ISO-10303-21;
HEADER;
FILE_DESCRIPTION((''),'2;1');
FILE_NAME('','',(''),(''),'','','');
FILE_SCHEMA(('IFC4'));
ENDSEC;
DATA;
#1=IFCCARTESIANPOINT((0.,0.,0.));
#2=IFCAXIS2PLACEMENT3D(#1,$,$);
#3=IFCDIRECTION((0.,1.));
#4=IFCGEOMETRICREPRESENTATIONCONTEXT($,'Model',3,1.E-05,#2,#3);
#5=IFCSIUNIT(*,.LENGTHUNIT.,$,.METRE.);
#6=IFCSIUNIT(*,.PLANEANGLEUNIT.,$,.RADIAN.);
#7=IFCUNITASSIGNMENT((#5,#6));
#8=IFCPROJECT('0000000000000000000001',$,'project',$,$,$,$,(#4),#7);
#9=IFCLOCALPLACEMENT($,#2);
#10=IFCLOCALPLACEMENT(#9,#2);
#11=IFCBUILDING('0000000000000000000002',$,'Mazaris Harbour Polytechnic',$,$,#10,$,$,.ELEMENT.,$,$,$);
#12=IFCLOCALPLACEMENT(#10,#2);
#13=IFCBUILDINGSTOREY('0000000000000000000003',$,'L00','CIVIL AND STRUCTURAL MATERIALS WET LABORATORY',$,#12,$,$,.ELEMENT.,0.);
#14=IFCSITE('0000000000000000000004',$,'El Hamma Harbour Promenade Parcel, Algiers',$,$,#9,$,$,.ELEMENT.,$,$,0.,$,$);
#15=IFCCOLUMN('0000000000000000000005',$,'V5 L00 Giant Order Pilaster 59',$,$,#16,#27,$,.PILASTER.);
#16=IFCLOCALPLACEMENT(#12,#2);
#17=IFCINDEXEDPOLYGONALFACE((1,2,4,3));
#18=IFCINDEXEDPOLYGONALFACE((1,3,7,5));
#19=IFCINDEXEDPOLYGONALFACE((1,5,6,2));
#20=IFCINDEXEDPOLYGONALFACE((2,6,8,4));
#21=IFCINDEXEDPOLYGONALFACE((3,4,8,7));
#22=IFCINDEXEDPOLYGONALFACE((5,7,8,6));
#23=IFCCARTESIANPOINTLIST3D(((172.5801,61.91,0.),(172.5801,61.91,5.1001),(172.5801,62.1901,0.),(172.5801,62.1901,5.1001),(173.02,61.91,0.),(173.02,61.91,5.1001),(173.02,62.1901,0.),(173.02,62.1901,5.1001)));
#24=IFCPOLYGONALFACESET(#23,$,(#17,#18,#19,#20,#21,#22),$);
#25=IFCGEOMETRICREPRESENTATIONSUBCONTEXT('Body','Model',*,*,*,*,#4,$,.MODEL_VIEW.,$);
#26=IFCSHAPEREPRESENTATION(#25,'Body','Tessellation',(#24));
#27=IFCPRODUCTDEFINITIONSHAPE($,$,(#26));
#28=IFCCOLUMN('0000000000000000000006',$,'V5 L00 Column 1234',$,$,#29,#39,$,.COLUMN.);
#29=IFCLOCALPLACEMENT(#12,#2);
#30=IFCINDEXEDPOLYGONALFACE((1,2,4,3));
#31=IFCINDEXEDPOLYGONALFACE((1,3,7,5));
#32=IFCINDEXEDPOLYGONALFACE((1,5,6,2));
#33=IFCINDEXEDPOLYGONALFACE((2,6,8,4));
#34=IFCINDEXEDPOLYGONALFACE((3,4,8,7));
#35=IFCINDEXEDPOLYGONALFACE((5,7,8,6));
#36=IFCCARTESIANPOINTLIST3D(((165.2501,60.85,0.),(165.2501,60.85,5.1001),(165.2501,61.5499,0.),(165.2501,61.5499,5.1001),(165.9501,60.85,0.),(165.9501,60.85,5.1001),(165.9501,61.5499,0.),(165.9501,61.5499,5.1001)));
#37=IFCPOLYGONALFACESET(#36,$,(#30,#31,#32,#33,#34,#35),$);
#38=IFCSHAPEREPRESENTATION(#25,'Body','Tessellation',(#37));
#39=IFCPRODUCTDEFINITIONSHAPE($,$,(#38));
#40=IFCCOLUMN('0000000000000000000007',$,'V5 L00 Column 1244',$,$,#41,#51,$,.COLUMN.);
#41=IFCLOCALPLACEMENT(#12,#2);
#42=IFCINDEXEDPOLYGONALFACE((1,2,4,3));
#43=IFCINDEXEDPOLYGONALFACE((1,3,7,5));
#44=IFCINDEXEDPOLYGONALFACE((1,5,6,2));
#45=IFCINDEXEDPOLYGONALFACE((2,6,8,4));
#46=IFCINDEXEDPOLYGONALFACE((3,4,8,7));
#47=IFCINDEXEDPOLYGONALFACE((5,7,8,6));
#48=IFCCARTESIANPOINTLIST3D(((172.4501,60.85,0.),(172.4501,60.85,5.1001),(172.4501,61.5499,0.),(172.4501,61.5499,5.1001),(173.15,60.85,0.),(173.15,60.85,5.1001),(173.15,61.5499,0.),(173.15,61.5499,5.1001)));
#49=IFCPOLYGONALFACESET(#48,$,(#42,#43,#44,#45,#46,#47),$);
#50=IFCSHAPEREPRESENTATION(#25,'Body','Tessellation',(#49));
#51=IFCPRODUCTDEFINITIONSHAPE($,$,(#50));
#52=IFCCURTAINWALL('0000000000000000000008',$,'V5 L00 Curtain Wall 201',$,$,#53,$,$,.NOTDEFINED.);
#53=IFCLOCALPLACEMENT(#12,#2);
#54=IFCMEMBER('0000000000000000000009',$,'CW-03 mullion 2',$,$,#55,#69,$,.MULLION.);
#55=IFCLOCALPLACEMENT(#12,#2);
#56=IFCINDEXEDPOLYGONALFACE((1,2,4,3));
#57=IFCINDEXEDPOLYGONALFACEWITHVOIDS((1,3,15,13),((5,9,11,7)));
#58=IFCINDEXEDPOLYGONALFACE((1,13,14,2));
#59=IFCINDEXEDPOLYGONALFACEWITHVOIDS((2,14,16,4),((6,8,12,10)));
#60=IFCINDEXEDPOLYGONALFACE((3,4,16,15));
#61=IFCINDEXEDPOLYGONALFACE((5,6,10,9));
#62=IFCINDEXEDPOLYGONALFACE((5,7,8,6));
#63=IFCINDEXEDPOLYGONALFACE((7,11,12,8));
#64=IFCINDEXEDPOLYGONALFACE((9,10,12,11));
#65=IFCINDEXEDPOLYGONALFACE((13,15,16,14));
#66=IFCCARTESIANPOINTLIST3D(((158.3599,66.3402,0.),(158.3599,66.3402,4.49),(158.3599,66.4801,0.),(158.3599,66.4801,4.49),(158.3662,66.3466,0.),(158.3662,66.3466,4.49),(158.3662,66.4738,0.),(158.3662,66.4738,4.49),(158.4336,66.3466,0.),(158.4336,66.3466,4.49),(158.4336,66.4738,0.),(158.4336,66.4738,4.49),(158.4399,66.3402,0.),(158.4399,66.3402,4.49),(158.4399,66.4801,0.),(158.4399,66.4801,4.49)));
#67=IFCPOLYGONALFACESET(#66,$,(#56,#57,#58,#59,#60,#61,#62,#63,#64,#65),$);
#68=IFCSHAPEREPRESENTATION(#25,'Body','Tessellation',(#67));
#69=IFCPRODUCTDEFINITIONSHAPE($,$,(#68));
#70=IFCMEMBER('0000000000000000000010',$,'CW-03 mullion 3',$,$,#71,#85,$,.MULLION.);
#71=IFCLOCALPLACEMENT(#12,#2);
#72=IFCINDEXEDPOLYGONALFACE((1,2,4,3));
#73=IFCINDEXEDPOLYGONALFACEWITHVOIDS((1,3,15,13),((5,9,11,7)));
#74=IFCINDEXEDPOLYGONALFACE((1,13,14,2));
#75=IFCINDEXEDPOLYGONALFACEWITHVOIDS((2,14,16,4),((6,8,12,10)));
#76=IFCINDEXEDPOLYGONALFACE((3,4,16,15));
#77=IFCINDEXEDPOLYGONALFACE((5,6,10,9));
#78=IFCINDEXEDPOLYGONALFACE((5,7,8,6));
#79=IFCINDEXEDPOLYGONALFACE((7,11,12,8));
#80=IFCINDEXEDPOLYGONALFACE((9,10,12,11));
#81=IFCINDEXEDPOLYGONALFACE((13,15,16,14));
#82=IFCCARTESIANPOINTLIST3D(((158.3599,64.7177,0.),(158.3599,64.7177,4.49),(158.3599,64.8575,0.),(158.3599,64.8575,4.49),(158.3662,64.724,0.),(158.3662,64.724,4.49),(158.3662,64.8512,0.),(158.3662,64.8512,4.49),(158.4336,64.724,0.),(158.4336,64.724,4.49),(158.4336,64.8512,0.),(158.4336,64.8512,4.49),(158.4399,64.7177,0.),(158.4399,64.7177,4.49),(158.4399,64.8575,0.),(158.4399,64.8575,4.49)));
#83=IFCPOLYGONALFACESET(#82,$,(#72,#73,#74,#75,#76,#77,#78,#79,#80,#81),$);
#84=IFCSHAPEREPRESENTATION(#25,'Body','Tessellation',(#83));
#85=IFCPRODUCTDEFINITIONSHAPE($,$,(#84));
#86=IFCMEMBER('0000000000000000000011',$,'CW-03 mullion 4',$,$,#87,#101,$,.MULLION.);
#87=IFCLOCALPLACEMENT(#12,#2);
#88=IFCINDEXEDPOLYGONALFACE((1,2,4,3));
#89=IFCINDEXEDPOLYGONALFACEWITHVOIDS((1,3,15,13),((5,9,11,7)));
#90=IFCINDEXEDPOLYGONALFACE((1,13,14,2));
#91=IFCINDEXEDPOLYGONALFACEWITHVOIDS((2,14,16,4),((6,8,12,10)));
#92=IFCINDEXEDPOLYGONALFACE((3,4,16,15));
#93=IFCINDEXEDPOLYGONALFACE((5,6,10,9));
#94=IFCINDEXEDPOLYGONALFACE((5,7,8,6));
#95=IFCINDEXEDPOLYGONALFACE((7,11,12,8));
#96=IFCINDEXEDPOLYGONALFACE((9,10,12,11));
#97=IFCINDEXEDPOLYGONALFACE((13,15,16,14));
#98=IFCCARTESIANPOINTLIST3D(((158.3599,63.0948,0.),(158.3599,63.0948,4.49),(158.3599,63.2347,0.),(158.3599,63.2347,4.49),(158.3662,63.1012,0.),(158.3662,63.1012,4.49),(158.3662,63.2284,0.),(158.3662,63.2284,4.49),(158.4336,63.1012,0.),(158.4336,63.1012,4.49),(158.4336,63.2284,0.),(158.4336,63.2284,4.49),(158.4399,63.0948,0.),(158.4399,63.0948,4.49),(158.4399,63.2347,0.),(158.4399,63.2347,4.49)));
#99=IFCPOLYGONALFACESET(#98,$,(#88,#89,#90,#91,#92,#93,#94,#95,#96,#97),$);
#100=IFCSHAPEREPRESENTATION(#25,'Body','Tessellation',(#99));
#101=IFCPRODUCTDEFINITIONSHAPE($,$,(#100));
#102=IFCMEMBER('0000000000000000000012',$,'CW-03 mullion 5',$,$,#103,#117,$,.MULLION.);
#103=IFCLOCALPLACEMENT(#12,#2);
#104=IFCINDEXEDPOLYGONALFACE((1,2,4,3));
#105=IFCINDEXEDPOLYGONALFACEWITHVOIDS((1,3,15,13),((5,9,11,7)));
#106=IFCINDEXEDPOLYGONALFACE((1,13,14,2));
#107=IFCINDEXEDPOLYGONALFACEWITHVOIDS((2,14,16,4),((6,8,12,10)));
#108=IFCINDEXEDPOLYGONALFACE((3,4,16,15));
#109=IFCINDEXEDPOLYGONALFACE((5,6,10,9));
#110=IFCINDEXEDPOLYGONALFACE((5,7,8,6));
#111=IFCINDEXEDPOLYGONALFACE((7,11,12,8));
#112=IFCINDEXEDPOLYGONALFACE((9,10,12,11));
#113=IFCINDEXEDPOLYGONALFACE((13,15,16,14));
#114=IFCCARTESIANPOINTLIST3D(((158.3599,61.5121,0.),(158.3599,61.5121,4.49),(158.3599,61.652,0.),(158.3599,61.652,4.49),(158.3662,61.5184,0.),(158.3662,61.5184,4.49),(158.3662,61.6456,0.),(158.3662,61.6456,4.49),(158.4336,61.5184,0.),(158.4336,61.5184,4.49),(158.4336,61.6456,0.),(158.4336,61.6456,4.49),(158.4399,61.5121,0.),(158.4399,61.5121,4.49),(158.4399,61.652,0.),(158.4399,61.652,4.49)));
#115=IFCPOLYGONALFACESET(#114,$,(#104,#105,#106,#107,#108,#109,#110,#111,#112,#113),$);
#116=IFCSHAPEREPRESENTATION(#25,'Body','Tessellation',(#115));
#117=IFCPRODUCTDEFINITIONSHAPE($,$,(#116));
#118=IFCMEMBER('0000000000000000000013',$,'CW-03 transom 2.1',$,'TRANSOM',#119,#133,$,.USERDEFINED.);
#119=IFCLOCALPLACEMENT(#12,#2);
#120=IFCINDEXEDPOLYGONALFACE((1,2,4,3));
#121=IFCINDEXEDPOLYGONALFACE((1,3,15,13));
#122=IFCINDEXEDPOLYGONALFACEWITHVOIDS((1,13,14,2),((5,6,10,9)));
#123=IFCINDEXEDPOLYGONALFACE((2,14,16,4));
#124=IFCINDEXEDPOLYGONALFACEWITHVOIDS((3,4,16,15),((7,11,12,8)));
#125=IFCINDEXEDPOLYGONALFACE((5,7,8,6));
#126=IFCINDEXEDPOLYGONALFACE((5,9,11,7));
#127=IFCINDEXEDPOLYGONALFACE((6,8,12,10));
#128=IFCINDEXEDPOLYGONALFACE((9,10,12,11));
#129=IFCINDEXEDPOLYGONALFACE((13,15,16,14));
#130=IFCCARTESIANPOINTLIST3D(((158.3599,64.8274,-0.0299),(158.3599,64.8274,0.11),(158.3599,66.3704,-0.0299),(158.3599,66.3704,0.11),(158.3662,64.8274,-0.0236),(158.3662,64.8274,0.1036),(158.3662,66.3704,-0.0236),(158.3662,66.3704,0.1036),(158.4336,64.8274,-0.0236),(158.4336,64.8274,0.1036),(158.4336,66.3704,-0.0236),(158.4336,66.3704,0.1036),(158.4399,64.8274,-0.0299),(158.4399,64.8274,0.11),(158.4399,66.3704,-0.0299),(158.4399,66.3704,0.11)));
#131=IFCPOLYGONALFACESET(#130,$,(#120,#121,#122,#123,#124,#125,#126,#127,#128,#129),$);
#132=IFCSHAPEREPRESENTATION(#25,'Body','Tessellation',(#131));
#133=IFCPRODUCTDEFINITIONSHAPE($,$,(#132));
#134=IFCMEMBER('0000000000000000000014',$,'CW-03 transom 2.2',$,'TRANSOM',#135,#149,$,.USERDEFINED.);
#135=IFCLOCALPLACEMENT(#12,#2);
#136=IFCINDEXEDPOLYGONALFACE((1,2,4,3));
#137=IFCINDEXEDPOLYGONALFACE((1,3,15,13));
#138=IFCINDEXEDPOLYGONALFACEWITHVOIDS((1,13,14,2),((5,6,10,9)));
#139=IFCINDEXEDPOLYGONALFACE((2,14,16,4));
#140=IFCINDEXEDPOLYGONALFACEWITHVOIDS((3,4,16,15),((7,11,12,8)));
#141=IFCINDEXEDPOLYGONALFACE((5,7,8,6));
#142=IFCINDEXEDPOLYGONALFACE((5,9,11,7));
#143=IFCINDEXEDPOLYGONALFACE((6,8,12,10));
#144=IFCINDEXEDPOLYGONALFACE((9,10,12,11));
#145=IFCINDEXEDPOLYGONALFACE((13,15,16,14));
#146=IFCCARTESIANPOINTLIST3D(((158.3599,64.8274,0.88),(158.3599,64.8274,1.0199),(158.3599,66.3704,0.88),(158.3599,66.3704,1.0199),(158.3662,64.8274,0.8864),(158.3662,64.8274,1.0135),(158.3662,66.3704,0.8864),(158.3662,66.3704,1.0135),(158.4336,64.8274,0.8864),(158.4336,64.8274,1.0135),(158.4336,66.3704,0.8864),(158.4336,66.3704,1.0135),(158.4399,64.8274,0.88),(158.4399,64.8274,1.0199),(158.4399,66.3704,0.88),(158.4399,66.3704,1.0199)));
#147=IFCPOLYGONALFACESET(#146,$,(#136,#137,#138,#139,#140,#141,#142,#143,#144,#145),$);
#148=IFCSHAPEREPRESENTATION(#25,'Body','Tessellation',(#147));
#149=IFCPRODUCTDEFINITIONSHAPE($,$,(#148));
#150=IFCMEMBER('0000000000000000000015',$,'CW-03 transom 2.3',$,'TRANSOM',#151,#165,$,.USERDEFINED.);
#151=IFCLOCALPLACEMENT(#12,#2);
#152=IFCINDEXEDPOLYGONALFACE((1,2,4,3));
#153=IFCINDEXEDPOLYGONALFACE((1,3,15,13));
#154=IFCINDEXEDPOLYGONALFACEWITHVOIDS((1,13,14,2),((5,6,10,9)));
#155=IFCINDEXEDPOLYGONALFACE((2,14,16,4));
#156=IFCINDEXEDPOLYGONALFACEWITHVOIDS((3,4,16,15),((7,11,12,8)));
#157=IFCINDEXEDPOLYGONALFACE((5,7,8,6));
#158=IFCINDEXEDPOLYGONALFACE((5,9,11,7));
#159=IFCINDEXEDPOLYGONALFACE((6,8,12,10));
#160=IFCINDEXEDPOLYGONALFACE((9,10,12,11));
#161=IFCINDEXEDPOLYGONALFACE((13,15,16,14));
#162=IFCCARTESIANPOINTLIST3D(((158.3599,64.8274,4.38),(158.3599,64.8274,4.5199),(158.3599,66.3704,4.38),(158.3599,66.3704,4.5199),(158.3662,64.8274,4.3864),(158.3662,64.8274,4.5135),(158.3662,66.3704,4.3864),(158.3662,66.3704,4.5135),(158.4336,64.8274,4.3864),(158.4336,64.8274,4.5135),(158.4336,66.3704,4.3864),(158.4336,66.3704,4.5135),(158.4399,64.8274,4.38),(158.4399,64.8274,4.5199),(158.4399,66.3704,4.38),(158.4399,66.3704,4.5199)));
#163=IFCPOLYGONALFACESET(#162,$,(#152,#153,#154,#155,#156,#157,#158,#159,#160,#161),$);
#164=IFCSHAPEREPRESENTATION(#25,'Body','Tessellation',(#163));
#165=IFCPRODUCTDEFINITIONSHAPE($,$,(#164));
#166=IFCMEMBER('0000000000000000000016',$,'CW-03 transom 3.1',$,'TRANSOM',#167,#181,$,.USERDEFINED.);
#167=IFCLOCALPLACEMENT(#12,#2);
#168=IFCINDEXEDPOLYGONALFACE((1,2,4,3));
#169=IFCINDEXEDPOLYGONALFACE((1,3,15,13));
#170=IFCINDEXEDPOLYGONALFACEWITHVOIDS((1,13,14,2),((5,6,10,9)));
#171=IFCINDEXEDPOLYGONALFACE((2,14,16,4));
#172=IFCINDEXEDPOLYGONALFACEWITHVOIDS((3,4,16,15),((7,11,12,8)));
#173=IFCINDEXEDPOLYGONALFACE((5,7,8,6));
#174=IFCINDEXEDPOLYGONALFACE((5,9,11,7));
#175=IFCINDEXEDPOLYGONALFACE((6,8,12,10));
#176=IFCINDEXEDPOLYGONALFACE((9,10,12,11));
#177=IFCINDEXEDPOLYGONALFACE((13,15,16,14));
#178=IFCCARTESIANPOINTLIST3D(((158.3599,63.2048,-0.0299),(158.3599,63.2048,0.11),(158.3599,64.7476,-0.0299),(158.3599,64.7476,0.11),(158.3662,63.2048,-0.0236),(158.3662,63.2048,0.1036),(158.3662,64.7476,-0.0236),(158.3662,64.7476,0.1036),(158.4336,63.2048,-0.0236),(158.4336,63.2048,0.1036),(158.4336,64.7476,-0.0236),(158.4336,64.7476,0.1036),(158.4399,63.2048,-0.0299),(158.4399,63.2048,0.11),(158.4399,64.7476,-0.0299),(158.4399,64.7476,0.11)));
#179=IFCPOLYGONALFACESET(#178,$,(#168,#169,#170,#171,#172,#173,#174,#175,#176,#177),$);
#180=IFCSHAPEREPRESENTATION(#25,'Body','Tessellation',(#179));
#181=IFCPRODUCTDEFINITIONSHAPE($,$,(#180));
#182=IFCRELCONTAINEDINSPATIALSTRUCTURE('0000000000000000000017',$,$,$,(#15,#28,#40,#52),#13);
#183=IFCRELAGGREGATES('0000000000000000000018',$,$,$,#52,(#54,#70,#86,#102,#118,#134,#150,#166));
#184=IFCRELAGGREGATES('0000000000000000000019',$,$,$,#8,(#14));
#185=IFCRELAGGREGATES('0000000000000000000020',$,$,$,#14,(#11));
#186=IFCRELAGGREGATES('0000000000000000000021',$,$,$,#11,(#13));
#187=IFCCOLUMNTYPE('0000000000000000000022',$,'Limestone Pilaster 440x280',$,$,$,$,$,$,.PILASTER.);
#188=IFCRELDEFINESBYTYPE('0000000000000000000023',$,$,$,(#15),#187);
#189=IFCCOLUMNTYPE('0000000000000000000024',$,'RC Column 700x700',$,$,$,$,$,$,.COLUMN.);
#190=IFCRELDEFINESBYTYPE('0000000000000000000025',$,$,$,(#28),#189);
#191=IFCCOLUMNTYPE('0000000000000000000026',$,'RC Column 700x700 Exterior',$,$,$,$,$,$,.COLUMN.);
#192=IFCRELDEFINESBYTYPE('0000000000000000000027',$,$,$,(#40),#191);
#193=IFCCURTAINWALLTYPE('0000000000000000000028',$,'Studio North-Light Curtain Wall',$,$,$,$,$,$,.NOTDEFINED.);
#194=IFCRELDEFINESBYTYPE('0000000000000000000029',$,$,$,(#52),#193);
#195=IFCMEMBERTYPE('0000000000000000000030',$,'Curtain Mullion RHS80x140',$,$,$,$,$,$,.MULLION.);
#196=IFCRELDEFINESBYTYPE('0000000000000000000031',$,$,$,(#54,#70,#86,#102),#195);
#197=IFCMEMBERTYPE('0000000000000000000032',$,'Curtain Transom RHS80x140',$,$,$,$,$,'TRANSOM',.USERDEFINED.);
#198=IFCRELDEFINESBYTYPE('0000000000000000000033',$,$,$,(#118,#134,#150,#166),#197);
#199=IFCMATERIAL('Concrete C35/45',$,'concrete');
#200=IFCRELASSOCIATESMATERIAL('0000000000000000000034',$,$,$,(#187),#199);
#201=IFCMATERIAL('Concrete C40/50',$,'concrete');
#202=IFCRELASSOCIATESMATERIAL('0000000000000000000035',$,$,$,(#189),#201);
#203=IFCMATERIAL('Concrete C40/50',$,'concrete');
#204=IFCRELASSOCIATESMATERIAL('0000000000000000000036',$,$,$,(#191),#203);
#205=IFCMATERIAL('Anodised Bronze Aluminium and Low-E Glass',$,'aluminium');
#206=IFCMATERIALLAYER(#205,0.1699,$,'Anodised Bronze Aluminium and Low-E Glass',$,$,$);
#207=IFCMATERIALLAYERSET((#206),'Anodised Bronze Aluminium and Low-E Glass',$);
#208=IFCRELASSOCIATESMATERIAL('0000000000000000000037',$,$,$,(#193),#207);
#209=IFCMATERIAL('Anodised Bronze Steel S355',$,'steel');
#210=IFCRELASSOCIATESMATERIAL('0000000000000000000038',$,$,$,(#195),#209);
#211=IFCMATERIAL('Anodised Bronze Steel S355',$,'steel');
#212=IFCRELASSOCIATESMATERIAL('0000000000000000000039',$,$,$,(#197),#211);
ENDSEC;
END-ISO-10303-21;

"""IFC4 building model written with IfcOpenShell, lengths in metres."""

from ifc_helpers import new_model, si_unit, direction, frame, origin, origin_2d, place, context, subcontext, project, spatial, rectangle, hollow_rectangle, extrude, material, layer, layer_set, material_profile, profile_set, type_object, element, aggregate, save


model = new_model("IFC4")

# Units and contexts
model_context = context("Model", 3, precision=1e-05, world=origin(), true_north=direction((0.0, 1.0)))
body_context = subcontext(model_context, "Body", "Model", "MODEL_VIEW")
ifc_project = project(units=[si_unit("LENGTHUNIT", "METRE"), si_unit("PLANEANGLEUNIT", "RADIAN")], contexts=[model_context])

# Site, building, storey
site_placement = place(None, origin())
site = spatial("IfcSite", under=ifc_project, at=site_placement, Name="El Hamma Harbour Promenade Parcel, Algiers", CompositionType="ELEMENT", RefElevation=0.0)
building_placement = place(site_placement, origin())
building = spatial("IfcBuilding", under=site, at=building_placement, Name="Mazaris Harbour Polytechnic", CompositionType="ELEMENT")
storey_placement = place(building_placement, origin())
storey = spatial("IfcBuildingStorey", under=building, at=storey_placement, Name="L00", Description="CIVIL AND STRUCTURAL MATERIALS WET LABORATORY", CompositionType="ELEMENT", Elevation=0.0)

# Columns
ifc_material_1 = material(Name="Concrete C35/45", Category="concrete")
ifc_material_profile_1 = material_profile(ifc_material_1, rectangle(XDim=0.4399, YDim=0.28, at=origin_2d()), Name="RECT440x280")
ifc_profile_set_1 = profile_set([ifc_material_profile_1], Name="Concrete C35/45")
column_type_1 = type_object("IfcColumnType", Name="Limestone Pilaster 440x280", PredefinedType="PILASTER", material=ifc_profile_set_1)
column_1_placement = place(storey_placement, frame((172.8, 62.05, 0.0), z_axis=(0.0, 0.0, 1.0), x_axis=(1.0, 0.0, 0.0)))
element("IfcColumn", 1, at=column_1_placement, inside=storey, type_object=column_type_1, Name="V5 L00 Giant Order Pilaster 59", PredefinedType="PILASTER", context=body_context, shape_type="SweptSolid", body=[
    extrude(rectangle(XDim=0.4399, YDim=0.28, at=origin_2d()), origin(), (0.0, 0.0, 1.0), 5.1001),
])
ifc_material_2 = material(Name="Concrete C40/50", Category="concrete")
ifc_material_profile_2 = material_profile(ifc_material_2, rectangle(XDim=0.7, YDim=0.7, at=origin_2d()), Name="RECT700x700")
ifc_profile_set_2 = profile_set([ifc_material_profile_2], Name="Concrete C40/50")
column_type_2 = type_object("IfcColumnType", Name="RC Column 700x700", PredefinedType="COLUMN", material=ifc_profile_set_2)
column_2_placement = place(storey_placement, frame((165.6001, 61.2, 0.0), z_axis=(0.0, 0.0, 1.0), x_axis=(1.0, 0.0, 0.0)))
element("IfcColumn", 2, at=column_2_placement, inside=storey, type_object=column_type_2, Name="V5 L00 Column 1234", PredefinedType="COLUMN", context=body_context, shape_type="SweptSolid", body=[
    extrude(rectangle(XDim=0.7, YDim=0.7, at=origin_2d()), origin(), (0.0, 0.0, 1.0), 5.1001),
])
ifc_material_3 = material(Name="Concrete C40/50", Category="concrete")
ifc_material_profile_3 = material_profile(ifc_material_3, rectangle(XDim=0.7, YDim=0.7, at=origin_2d()), Name="RECT700x700")
ifc_profile_set_3 = profile_set([ifc_material_profile_3], Name="Concrete C40/50")
column_type_3 = type_object("IfcColumnType", Name="RC Column 700x700 Exterior", PredefinedType="COLUMN", material=ifc_profile_set_3)
column_3_placement = place(storey_placement, frame((172.8, 61.2, 0.0), z_axis=(0.0, 0.0, 1.0), x_axis=(1.0, 0.0, 0.0)))
element("IfcColumn", 3, at=column_3_placement, inside=storey, type_object=column_type_3, Name="V5 L00 Column 1244", PredefinedType="COLUMN", context=body_context, shape_type="SweptSolid", body=[
    extrude(rectangle(XDim=0.7, YDim=0.7, at=origin_2d()), origin(), (0.0, 0.0, 1.0), 5.1001),
])

# Curtain wall, members
ifc_material_4 = material(Name="Anodised Bronze Aluminium and Low-E Glass", Category="aluminium")
ifc_layer_1 = layer(ifc_material_4, 0.1699, Name="Anodised Bronze Aluminium and Low-E Glass")
ifc_layer_set_1 = layer_set([ifc_layer_1], Name="Anodised Bronze Aluminium and Low-E Glass")
curtain_wall_type = type_object("IfcCurtainWallType", Name="Studio North-Light Curtain Wall", PredefinedType="NOTDEFINED", material=ifc_layer_set_1)
curtain_wall_placement = place(storey_placement, origin())
curtain_wall = element("IfcCurtainWall", 4, at=curtain_wall_placement, inside=storey, type_object=curtain_wall_type, Name="V5 L00 Curtain Wall 201", PredefinedType="NOTDEFINED")
ifc_material_5 = material(Name="Anodised Bronze Steel S355", Category="steel")
ifc_material_profile_4 = material_profile(ifc_material_5, hollow_rectangle(XDim=0.0801, YDim=0.1399, WallThickness=0.0063, at=origin_2d()), Name="RHS 80x140x6.3")
ifc_profile_set_4 = profile_set([ifc_material_profile_4], Name="Anodised Bronze Steel S355")
member_type_1 = type_object("IfcMemberType", Name="Curtain Mullion RHS80x140", PredefinedType="MULLION", material=ifc_profile_set_4)
member_1_placement = place(storey_placement, frame((158.3999, 66.4102, 0.0), z_axis=(0.0, 0.0, 1.0), x_axis=(1.0, 0.0, 0.0)))
member_1 = element("IfcMember", 5, at=member_1_placement, type_object=member_type_1, Name="CW-03 mullion 2", PredefinedType="MULLION", context=body_context, shape_type="SweptSolid", body=[
    extrude(hollow_rectangle(XDim=0.0801, YDim=0.1399, WallThickness=0.0063, at=origin_2d()), origin(), (0.0, 0.0, 1.0), 4.49),
])
member_2_placement = place(storey_placement, frame((158.3999, 64.7876, 0.0), z_axis=(0.0, 0.0, 1.0), x_axis=(1.0, 0.0, 0.0)))
member_2 = element("IfcMember", 6, at=member_2_placement, type_object=member_type_1, Name="CW-03 mullion 3", PredefinedType="MULLION", context=body_context, shape_type="SweptSolid", body=[
    extrude(hollow_rectangle(XDim=0.0801, YDim=0.1399, WallThickness=0.0063, at=origin_2d()), origin(), (0.0, 0.0, 1.0), 4.49),
])
member_3_placement = place(storey_placement, frame((158.3999, 63.1648, 0.0), z_axis=(0.0, 0.0, 1.0), x_axis=(1.0, 0.0, 0.0)))
member_3 = element("IfcMember", 7, at=member_3_placement, type_object=member_type_1, Name="CW-03 mullion 4", PredefinedType="MULLION", context=body_context, shape_type="SweptSolid", body=[
    extrude(hollow_rectangle(XDim=0.0801, YDim=0.1399, WallThickness=0.0063, at=origin_2d()), origin(), (0.0, 0.0, 1.0), 4.49),
])
member_4_placement = place(storey_placement, frame((158.3999, 61.582, 0.0), z_axis=(0.0, 0.0, 1.0), x_axis=(1.0, 0.0, 0.0)))
member_4 = element("IfcMember", 8, at=member_4_placement, type_object=member_type_1, Name="CW-03 mullion 5", PredefinedType="MULLION", context=body_context, shape_type="SweptSolid", body=[
    extrude(hollow_rectangle(XDim=0.0801, YDim=0.1399, WallThickness=0.0063, at=origin_2d()), origin(), (0.0, 0.0, 1.0), 4.49),
])
ifc_material_6 = material(Name="Anodised Bronze Steel S355", Category="steel")
ifc_material_profile_5 = material_profile(ifc_material_6, hollow_rectangle(XDim=0.0801, YDim=0.1399, WallThickness=0.0063, at=origin_2d()), Name="RHS 80x140x6.3")
ifc_profile_set_5 = profile_set([ifc_material_profile_5], Name="Anodised Bronze Steel S355")
member_type_2 = type_object("IfcMemberType", Name="Curtain Transom RHS80x140", ElementType="TRANSOM", PredefinedType="USERDEFINED", material=ifc_profile_set_5)
member_5_placement = place(storey_placement, frame((158.3999, 66.3704, 0.04), z_axis=(0.0, -1.0, 0.0), x_axis=(1.0, 0.0, 0.0)))
member_5 = element("IfcMember", 9, at=member_5_placement, type_object=member_type_2, Name="CW-03 transom 2.1", ObjectType="TRANSOM", PredefinedType="USERDEFINED", context=body_context, shape_type="SweptSolid", body=[
    extrude(hollow_rectangle(XDim=0.0801, YDim=0.1399, WallThickness=0.0063, at=origin_2d()), origin(), (0.0, 0.0, 1.0), 1.543),
])
member_6_placement = place(storey_placement, frame((158.3999, 66.3704, 0.95), z_axis=(0.0, -1.0, 0.0), x_axis=(1.0, 0.0, 0.0)))
member_6 = element("IfcMember", 10, at=member_6_placement, type_object=member_type_2, Name="CW-03 transom 2.2", ObjectType="TRANSOM", PredefinedType="USERDEFINED", context=body_context, shape_type="SweptSolid", body=[
    extrude(hollow_rectangle(XDim=0.0801, YDim=0.1399, WallThickness=0.0063, at=origin_2d()), origin(), (0.0, 0.0, 1.0), 1.543),
])
member_7_placement = place(storey_placement, frame((158.3999, 66.3704, 4.45), z_axis=(0.0, -1.0, 0.0), x_axis=(1.0, 0.0, 0.0)))
member_7 = element("IfcMember", 11, at=member_7_placement, type_object=member_type_2, Name="CW-03 transom 2.3", ObjectType="TRANSOM", PredefinedType="USERDEFINED", context=body_context, shape_type="SweptSolid", body=[
    extrude(hollow_rectangle(XDim=0.0801, YDim=0.1399, WallThickness=0.0063, at=origin_2d()), origin(), (0.0, 0.0, 1.0), 1.543),
])
member_8_placement = place(storey_placement, frame((158.3999, 64.7476, 0.04), z_axis=(0.0, -1.0, 0.0), x_axis=(1.0, 0.0, 0.0)))
member_8 = element("IfcMember", 12, at=member_8_placement, type_object=member_type_2, Name="CW-03 transom 3.1", ObjectType="TRANSOM", PredefinedType="USERDEFINED", context=body_context, shape_type="SweptSolid", body=[
    extrude(hollow_rectangle(XDim=0.0801, YDim=0.1399, WallThickness=0.0063, at=origin_2d()), origin(), (0.0, 0.0, 1.0), 1.5427),
])

aggregate(curtain_wall, [member_1, member_2, member_3, member_4, member_5, member_6, member_7, member_8])

save(model, "model.ifc")
